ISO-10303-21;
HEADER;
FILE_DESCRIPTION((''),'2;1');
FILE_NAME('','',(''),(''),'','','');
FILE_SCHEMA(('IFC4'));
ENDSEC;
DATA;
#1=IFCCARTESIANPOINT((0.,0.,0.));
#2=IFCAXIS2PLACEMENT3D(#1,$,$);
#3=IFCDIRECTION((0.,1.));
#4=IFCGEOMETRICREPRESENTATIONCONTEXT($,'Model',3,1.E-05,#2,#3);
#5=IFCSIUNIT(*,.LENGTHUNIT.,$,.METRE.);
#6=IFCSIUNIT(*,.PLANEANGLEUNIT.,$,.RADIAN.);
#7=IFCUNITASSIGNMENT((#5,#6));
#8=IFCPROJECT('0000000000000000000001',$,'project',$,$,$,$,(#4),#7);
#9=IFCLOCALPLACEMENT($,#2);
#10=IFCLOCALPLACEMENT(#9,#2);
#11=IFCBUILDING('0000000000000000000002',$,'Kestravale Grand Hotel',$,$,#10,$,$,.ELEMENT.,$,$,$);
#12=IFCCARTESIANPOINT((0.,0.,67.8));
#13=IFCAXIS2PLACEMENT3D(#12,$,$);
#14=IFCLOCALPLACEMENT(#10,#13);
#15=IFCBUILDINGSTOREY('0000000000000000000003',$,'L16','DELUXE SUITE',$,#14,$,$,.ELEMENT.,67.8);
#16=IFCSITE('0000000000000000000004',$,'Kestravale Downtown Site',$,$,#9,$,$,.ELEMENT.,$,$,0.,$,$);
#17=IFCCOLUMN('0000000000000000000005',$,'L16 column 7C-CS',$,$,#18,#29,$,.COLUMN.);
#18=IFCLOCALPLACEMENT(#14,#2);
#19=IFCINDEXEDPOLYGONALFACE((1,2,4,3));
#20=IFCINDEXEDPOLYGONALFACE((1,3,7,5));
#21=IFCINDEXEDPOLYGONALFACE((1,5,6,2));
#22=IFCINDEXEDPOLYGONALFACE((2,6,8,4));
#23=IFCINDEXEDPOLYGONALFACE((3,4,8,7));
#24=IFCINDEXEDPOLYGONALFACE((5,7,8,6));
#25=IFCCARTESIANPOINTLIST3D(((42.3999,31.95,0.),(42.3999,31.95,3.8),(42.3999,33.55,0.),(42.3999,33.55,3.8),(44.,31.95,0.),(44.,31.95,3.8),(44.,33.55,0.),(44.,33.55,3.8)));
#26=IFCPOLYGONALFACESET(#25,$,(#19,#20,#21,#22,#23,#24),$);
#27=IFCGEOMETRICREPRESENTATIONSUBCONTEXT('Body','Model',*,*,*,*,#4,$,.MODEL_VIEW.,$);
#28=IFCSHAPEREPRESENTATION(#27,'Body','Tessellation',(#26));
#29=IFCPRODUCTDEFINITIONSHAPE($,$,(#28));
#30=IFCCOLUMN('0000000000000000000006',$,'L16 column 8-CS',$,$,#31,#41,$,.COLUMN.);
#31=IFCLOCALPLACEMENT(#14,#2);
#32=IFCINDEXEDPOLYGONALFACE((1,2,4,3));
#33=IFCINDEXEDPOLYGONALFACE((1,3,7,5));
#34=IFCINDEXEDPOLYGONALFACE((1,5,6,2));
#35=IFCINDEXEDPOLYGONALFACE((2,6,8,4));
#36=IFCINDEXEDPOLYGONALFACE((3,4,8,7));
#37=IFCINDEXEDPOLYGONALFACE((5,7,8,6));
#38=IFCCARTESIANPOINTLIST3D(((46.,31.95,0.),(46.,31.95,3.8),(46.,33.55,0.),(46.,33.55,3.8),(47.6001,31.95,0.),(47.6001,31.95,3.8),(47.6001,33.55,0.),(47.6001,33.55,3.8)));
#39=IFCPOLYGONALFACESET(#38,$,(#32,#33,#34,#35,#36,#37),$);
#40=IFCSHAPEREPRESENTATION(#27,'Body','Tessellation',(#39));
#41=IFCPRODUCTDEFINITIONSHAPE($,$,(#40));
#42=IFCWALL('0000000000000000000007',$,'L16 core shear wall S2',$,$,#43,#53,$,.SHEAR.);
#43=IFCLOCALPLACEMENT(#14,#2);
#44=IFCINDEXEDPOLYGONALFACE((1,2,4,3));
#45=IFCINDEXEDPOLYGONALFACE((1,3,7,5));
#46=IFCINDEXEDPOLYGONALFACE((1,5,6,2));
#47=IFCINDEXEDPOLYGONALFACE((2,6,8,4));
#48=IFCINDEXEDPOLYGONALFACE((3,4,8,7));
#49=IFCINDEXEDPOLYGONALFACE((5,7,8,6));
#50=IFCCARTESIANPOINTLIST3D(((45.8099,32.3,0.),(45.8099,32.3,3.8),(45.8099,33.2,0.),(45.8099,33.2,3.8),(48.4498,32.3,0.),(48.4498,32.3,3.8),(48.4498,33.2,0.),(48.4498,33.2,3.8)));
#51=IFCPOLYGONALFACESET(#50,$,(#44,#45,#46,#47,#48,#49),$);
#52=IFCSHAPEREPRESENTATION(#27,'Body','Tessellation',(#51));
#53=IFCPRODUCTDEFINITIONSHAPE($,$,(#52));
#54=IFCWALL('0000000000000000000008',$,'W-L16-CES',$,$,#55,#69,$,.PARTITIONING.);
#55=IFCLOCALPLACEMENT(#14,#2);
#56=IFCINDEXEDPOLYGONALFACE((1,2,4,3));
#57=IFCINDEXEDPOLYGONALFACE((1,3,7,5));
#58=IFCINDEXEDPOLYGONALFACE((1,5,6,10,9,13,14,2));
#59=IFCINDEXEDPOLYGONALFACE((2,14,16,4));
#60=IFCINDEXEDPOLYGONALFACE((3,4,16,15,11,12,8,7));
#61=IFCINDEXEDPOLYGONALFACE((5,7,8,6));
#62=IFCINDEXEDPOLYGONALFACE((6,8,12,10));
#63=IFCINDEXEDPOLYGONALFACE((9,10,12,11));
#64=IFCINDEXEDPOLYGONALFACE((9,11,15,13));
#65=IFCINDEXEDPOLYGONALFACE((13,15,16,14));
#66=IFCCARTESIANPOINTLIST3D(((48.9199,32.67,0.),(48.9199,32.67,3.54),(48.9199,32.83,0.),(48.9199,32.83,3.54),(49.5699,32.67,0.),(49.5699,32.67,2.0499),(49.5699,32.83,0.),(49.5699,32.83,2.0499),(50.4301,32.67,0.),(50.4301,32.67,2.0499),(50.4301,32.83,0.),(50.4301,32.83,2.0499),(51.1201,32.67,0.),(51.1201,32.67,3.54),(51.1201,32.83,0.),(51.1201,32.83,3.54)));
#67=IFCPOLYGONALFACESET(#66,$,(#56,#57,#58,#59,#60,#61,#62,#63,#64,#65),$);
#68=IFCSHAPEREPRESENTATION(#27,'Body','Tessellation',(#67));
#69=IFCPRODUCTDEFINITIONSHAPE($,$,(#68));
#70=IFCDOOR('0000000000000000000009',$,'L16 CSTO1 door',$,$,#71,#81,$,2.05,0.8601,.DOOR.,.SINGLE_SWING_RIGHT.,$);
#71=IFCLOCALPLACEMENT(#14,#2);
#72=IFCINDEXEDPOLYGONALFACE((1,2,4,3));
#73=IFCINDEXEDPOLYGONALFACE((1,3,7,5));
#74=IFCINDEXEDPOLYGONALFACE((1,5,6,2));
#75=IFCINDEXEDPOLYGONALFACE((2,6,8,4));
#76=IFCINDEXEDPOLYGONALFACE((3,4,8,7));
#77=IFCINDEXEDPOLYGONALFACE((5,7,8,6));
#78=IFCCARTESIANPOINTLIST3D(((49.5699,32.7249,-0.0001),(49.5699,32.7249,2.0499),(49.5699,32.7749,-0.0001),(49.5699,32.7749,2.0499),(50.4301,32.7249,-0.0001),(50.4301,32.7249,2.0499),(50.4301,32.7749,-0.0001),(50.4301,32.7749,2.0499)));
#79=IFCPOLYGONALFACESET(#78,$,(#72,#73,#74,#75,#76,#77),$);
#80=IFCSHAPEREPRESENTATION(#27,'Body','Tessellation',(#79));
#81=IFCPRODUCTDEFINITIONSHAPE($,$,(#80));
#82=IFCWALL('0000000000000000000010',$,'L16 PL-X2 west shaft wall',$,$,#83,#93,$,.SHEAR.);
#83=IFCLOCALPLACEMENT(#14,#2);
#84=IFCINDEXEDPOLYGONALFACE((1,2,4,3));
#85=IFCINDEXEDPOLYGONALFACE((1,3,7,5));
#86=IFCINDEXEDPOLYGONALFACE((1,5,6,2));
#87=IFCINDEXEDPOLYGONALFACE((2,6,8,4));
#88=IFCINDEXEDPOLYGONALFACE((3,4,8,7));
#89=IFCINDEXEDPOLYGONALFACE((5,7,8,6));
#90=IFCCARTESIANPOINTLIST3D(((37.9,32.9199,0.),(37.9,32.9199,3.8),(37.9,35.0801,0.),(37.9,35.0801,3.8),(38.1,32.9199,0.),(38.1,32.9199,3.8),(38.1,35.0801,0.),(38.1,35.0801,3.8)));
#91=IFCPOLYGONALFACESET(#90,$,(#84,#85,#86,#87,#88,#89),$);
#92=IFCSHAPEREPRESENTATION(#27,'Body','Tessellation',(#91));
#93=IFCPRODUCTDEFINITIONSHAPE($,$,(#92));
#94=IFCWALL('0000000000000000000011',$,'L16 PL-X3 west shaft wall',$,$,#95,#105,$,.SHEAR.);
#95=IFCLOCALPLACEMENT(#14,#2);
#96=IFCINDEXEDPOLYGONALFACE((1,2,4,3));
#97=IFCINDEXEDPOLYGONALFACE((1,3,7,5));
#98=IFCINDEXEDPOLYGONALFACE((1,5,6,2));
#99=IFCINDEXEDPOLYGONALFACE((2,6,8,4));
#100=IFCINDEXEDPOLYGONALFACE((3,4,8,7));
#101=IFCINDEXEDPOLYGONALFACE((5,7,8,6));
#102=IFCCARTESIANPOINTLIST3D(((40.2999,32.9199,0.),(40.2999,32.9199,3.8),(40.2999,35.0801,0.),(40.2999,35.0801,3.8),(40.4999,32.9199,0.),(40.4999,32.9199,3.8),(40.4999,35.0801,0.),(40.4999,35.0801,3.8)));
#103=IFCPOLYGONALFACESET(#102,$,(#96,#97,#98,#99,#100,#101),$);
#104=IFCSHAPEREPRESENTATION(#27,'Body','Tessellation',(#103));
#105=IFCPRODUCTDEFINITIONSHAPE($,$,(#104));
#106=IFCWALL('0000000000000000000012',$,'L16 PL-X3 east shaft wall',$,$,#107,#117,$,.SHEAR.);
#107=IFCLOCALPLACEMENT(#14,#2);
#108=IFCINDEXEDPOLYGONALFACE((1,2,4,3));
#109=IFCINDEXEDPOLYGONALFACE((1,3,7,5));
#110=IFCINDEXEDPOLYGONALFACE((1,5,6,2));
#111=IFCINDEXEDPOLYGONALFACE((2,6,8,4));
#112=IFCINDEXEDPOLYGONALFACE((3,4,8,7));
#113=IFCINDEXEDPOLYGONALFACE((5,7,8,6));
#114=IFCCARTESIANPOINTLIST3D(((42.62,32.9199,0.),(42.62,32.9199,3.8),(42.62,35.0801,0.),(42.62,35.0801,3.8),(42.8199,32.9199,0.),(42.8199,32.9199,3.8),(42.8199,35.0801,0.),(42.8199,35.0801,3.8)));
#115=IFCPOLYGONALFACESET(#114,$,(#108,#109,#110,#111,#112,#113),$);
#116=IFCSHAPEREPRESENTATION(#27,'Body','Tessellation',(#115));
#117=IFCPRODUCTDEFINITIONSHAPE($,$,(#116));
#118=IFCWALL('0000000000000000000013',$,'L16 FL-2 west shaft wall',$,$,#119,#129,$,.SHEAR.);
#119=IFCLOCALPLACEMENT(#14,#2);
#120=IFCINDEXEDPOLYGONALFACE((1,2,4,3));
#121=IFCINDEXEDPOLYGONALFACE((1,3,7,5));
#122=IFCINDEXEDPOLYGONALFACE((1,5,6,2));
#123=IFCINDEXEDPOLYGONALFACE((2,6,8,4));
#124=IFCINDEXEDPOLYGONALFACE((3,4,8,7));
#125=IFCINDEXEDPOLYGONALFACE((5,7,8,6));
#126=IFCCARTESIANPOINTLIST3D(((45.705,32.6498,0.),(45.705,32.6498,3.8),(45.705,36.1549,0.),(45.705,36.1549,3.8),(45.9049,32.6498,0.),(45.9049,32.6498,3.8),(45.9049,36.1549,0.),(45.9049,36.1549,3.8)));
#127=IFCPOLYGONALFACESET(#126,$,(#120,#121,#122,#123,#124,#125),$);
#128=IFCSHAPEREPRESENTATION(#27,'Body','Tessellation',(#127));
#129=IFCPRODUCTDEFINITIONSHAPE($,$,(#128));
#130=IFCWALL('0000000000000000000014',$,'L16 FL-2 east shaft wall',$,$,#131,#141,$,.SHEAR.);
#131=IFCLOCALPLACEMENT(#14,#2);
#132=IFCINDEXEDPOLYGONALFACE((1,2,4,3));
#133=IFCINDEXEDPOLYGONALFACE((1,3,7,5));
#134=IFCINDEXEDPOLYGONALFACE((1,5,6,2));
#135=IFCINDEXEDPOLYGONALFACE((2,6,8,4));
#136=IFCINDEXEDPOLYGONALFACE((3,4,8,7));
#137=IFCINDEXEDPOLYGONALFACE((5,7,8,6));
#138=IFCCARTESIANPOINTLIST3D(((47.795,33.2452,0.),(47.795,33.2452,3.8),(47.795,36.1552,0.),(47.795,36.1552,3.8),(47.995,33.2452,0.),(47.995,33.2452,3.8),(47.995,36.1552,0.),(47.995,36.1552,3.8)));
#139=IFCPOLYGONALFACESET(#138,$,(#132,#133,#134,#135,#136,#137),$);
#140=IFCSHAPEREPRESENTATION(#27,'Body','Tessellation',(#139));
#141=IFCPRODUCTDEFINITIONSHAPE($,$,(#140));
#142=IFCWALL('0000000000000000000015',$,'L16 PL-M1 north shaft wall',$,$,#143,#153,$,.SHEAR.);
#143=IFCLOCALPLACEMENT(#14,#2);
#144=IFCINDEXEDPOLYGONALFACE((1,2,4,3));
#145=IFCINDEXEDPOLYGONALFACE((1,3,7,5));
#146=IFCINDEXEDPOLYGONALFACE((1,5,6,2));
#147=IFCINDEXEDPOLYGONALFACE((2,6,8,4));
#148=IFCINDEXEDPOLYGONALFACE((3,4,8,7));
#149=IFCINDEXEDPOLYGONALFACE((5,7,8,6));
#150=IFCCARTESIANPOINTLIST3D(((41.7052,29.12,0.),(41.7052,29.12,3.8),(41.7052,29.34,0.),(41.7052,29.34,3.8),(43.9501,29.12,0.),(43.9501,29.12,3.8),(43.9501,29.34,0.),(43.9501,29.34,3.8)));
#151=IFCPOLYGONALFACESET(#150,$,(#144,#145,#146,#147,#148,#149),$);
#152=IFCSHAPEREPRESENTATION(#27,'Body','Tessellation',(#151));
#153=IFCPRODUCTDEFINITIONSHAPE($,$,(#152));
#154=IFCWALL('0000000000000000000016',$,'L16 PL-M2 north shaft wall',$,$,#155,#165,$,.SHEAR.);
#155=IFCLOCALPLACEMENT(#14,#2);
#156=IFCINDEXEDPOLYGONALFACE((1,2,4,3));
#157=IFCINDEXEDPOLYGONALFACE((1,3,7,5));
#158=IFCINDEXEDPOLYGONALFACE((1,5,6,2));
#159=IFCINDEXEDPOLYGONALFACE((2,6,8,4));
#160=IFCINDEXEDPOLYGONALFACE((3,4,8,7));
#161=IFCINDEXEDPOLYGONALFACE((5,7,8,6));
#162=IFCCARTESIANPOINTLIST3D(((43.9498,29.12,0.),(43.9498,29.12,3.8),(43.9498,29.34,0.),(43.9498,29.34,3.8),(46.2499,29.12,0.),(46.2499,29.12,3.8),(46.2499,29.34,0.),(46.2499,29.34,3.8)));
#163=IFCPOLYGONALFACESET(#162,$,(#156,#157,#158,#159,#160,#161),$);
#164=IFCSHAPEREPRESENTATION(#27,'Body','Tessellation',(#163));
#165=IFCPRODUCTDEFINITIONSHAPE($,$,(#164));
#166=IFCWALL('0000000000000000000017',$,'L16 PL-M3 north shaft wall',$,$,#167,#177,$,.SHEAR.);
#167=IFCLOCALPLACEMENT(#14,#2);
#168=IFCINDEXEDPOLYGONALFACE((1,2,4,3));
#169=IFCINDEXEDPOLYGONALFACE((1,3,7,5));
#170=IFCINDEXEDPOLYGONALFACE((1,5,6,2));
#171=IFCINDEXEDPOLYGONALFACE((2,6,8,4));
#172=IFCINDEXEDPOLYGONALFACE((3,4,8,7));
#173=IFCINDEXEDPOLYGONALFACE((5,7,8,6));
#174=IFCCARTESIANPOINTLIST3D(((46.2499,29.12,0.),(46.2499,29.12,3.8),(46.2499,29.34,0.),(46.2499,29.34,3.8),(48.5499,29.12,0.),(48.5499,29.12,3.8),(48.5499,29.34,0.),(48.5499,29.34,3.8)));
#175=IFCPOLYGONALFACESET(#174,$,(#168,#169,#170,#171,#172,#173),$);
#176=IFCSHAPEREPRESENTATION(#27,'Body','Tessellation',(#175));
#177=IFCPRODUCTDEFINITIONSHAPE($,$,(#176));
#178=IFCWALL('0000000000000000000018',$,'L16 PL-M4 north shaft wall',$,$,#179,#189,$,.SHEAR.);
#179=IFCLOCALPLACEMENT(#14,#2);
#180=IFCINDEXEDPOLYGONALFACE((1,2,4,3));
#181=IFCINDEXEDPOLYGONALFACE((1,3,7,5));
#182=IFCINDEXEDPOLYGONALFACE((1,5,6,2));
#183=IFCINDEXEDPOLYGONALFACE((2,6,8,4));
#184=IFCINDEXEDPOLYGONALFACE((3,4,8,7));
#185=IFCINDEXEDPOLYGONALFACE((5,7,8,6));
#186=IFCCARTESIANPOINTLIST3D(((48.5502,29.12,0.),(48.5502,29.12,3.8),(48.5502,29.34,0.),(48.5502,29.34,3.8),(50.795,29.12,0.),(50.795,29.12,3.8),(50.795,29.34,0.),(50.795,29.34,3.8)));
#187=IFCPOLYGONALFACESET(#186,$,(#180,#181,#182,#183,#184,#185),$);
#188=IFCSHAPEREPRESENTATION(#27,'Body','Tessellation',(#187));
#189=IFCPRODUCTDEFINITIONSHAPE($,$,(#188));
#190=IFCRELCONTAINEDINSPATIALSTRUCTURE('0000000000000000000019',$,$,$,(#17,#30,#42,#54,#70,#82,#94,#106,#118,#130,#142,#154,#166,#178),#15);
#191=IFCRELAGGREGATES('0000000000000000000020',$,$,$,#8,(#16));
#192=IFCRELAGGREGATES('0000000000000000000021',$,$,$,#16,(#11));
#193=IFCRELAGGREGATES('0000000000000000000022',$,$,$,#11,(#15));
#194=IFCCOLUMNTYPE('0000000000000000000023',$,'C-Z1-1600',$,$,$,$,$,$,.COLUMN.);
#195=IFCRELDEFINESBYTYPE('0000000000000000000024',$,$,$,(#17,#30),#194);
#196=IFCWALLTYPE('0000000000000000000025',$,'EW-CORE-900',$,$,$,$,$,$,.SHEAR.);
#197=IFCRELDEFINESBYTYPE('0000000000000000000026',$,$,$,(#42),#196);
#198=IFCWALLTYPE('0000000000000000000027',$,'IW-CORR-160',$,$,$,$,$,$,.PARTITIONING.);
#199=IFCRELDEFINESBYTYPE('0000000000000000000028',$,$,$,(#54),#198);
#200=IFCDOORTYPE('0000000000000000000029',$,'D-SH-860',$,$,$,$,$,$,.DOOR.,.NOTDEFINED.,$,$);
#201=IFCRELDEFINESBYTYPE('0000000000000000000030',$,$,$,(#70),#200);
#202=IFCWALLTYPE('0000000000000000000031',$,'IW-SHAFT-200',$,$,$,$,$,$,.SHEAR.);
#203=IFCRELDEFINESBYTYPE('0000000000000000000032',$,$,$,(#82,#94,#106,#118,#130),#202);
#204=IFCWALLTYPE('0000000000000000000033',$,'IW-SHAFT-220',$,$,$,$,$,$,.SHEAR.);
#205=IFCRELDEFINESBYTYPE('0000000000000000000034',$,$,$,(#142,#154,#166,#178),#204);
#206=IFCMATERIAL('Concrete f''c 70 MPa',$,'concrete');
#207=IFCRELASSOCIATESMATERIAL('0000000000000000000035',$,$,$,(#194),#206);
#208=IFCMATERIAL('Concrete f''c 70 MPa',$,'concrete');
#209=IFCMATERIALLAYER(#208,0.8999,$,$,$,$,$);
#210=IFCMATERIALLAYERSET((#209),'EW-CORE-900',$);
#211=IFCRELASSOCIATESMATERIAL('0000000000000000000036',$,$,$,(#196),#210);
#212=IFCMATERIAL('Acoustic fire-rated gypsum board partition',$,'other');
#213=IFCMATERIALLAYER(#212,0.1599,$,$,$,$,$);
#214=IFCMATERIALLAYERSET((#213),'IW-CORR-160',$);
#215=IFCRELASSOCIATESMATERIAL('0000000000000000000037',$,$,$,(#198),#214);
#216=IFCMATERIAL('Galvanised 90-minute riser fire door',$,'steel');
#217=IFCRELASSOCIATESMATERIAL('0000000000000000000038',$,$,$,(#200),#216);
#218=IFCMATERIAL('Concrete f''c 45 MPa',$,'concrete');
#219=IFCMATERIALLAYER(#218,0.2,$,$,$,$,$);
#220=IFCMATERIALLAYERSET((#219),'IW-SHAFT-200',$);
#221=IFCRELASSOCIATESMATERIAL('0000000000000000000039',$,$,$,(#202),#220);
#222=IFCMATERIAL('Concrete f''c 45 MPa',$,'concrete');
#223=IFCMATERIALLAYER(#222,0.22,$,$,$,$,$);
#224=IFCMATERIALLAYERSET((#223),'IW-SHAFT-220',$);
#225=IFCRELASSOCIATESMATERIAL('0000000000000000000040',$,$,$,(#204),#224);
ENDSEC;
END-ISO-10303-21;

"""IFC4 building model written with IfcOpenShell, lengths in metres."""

from ifc_helpers import new_model, si_unit, direction, frame, frame_2d, origin, origin_2d, place, context, subcontext, project, spatial, rectangle, extrude, material, layer, layer_set, material_profile, profile_set, type_object, element, fill, save


model = new_model("IFC4")

# Units and contexts
model_context = context("Model", 3, precision=1e-05, world=origin(), true_north=direction((0.0, 1.0)))
body_context = subcontext(model_context, "Body", "Model", "MODEL_VIEW")
ifc_project = project(units=[si_unit("LENGTHUNIT", "METRE"), si_unit("PLANEANGLEUNIT", "RADIAN")], contexts=[model_context])

# Site, building, storey
site_placement = place(None, origin())
site = spatial("IfcSite", under=ifc_project, at=site_placement, Name="Kestravale Downtown Site", CompositionType="ELEMENT", RefElevation=0.0)
building_placement = place(site_placement, origin())
building = spatial("IfcBuilding", under=site, at=building_placement, Name="Kestravale Grand Hotel", CompositionType="ELEMENT")
storey_placement = place(building_placement, frame((0.0, 0.0, 67.8)))
storey = spatial("IfcBuildingStorey", under=building, at=storey_placement, Name="L16", Description="DELUXE SUITE", CompositionType="ELEMENT", Elevation=67.8)

# Columns
ifc_material_1 = material(Name="Concrete f'c 70 MPa", Category="concrete")
ifc_material_profile = material_profile(ifc_material_1, rectangle(XDim=1.6001, YDim=1.6001, at=origin_2d()))
ifc_profile_set = profile_set([ifc_material_profile], Name="Concrete f'c 70 MPa")
column_type = type_object("IfcColumnType", Name="C-Z1-1600", PredefinedType="COLUMN", material=ifc_profile_set)
for number, where, z_axis, x_axis, name in (
    (1, (43.2, 32.75, 0.0), (0.0, 0.0, 1.0), (1.0, 0.0, 0.0), "L16 column 7C-CS"),
    (2, (46.8, 32.75, 0.0), (0.0, 0.0, 1.0), (1.0, 0.0, 0.0), "L16 column 8-CS"),
):
    element("IfcColumn", number, at=place(storey_placement, frame(where, z_axis=z_axis, x_axis=x_axis)), inside=storey, type_object=column_type, Name=name, PredefinedType="COLUMN", context=body_context, shape_type="SweptSolid", body=[
        extrude(rectangle(XDim=1.6001, YDim=1.6001, at=origin_2d()), origin(), (0.0, 0.0, 1.0), 3.8),
    ])

# Wall
ifc_material_2 = material(Name="Concrete f'c 70 MPa", Category="concrete")
ifc_layer_1 = layer(ifc_material_2, 0.8999)
ifc_layer_set_1 = layer_set([ifc_layer_1], Name="EW-CORE-900")
wall_type_1 = type_object("IfcWallType", Name="EW-CORE-900", PredefinedType="SHEAR", material=ifc_layer_set_1)
wall_1_placement = place(storey_placement, frame((45.8101, 32.75, 0.0), z_axis=(0.0, 0.0, 1.0), x_axis=(1.0, 0.0, 0.0)))
element("IfcWall", 3, at=wall_1_placement, inside=storey, type_object=wall_type_1, Name="L16 core shear wall S2", PredefinedType="SHEAR", context=body_context, shape_type="SweptSolid", body=[
    extrude(rectangle(XDim=2.6399, YDim=0.8999, at=frame_2d((1.3198, 0.0))), origin(), (0.0, 0.0, 1.0), 3.8),
])

# Wall, opening, door
ifc_material_3 = material(Name="Acoustic fire-rated gypsum board partition", Category="other")
ifc_layer_2 = layer(ifc_material_3, 0.1599)
ifc_layer_set_2 = layer_set([ifc_layer_2], Name="IW-CORR-160")
wall_type_2 = type_object("IfcWallType", Name="IW-CORR-160", PredefinedType="PARTITIONING", material=ifc_layer_set_2)
wall_2_placement = place(storey_placement, frame((48.9199, 32.75, 0.0), z_axis=(0.0, 0.0, 1.0), x_axis=(1.0, 0.0, 0.0)))
wall_2 = element("IfcWall", 4, at=wall_2_placement, inside=storey, type_object=wall_type_2, Name="W-L16-CES", PredefinedType="PARTITIONING", context=body_context, shape_type="SweptSolid", body=[
    extrude(rectangle(XDim=2.2002, YDim=0.1599, at=frame_2d((1.1001, 0.0))), origin(), (0.0, 0.0, 1.0), 3.54),
])
opening_1_placement = place(wall_2_placement, frame((0.6499, 0.0, 0.0)))
opening_1 = element("IfcOpeningElement", 5, at=opening_1_placement, cuts=wall_2, PredefinedType="OPENING", context=body_context, shape_type="SweptSolid", body=[
    extrude(rectangle(XDim=0.8601, YDim=2.05, at=frame_2d((0.4302, 1.0249))), frame((0.0, 0.0898, 0.0), z_axis=(0.0, -1.0, 0.0), x_axis=(1.0, 0.0, 0.0)), (0.0, 0.0, 1.0), 0.1799),
])
ifc_material_4 = material(Name="Galvanised 90-minute riser fire door", Category="steel")
door_type_1 = type_object("IfcDoorType", Name="D-SH-860", OperationType="NOTDEFINED", PredefinedType="DOOR", material=ifc_material_4)
door_1_placement = place(opening_1_placement, origin())
door_1 = element("IfcDoor", 6, at=door_1_placement, inside=storey, type_object=door_type_1, Name="L16 CSTO1 door", OperationType="SINGLE_SWING_RIGHT", OverallHeight=2.05, OverallWidth=0.8601, PredefinedType="DOOR", context=body_context, shape_type="SweptSolid", body=[
    extrude(rectangle(XDim=0.8601, YDim=2.05, at=frame_2d((0.4302, 1.0249))), frame((0.0, 0.0249, 0.0), z_axis=(0.0, -1.0, 0.0), x_axis=(1.0, 0.0, 0.0)), (0.0, 0.0, 1.0), 0.05),
])
fill(opening_1, door_1)

# Walls
ifc_material_5 = material(Name="Concrete f'c 45 MPa", Category="concrete")
ifc_layer_3 = layer(ifc_material_5, 0.2)
ifc_layer_set_3 = layer_set([ifc_layer_3], Name="IW-SHAFT-200")
wall_type_3 = type_object("IfcWallType", Name="IW-SHAFT-200", PredefinedType="SHEAR", material=ifc_layer_set_3)
for number, where, z_axis, x_axis, name in (
    (7, (38.0, 32.9199, 0.0), (0.0, 0.0, 1.0), (0.0, 1.0, 0.0), "L16 PL-X2 west shaft wall"),
    (8, (40.3999, 32.9199, 0.0), (0.0, 0.0, 1.0), (0.0, 1.0, 0.0), "L16 PL-X3 west shaft wall"),
    (9, (42.72, 32.9199, 0.0), (0.0, 0.0, 1.0), (0.0, 1.0, 0.0), "L16 PL-X3 east shaft wall"),
):
    element("IfcWall", number, at=place(storey_placement, frame(where, z_axis=z_axis, x_axis=x_axis)), inside=storey, type_object=wall_type_3, Name=name, PredefinedType="SHEAR", context=body_context, shape_type="SweptSolid", body=[
        extrude(rectangle(XDim=2.1602, YDim=0.2, at=frame_2d((1.0801, 0.0))), origin(), (0.0, 0.0, 1.0), 3.8),
    ])
wall_3_placement = place(storey_placement, frame((45.8049, 32.6499, 0.0), z_axis=(0.0, 0.0, 1.0), x_axis=(0.0, 1.0, 0.0)))
element("IfcWall", 10, at=wall_3_placement, inside=storey, type_object=wall_type_3, Name="L16 FL-2 west shaft wall", PredefinedType="SHEAR", context=body_context, shape_type="SweptSolid", body=[
    extrude(rectangle(XDim=3.5051, YDim=0.2, at=frame_2d((1.7524, 0.0))), origin(), (0.0, 0.0, 1.0), 3.8),
])
wall_4_placement = place(storey_placement, frame((47.895, 33.2451, 0.0), z_axis=(0.0, 0.0, 1.0), x_axis=(0.0, 1.0, 0.0)))
element("IfcWall", 11, at=wall_4_placement, inside=storey, type_object=wall_type_3, Name="L16 FL-2 east shaft wall", PredefinedType="SHEAR", context=body_context, shape_type="SweptSolid", body=[
    extrude(rectangle(XDim=2.9099, YDim=0.2, at=frame_2d((1.4551, 0.0))), origin(), (0.0, 0.0, 1.0), 3.8),
])
ifc_material_6 = material(Name="Concrete f'c 45 MPa", Category="concrete")
ifc_layer_4 = layer(ifc_material_6, 0.22)
ifc_layer_set_4 = layer_set([ifc_layer_4], Name="IW-SHAFT-220")
wall_type_4 = type_object("IfcWallType", Name="IW-SHAFT-220", PredefinedType="SHEAR", material=ifc_layer_set_4)
wall_5_placement = place(storey_placement, frame((41.7051, 29.23, 0.0), z_axis=(0.0, 0.0, 1.0), x_axis=(1.0, 0.0, 0.0)))
element("IfcWall", 12, at=wall_5_placement, inside=storey, type_object=wall_type_4, Name="L16 PL-M1 north shaft wall", PredefinedType="SHEAR", context=body_context, shape_type="SweptSolid", body=[
    extrude(rectangle(XDim=2.2449, YDim=0.22, at=frame_2d((1.1226, 0.0))), origin(), (0.0, 0.0, 1.0), 3.8),
])
for number, where, z_axis, x_axis, name in (
    (13, (43.95, 29.23, 0.0), (0.0, 0.0, 1.0), (1.0, 0.0, 0.0), "L16 PL-M2 north shaft wall"),
    (14, (46.25, 29.23, 0.0), (0.0, 0.0, 1.0), (1.0, 0.0, 0.0), "L16 PL-M3 north shaft wall"),
):
    element("IfcWall", number, at=place(storey_placement, frame(where, z_axis=z_axis, x_axis=x_axis)), inside=storey, type_object=wall_type_4, Name=name, PredefinedType="SHEAR", context=body_context, shape_type="SweptSolid", body=[
        extrude(rectangle(XDim=2.3, YDim=0.22, at=frame_2d((1.1499, 0.0))), origin(), (0.0, 0.0, 1.0), 3.8),
    ])
wall_6_placement = place(storey_placement, frame((48.55, 29.23, 0.0), z_axis=(0.0, 0.0, 1.0), x_axis=(1.0, 0.0, 0.0)))
element("IfcWall", 15, at=wall_6_placement, inside=storey, type_object=wall_type_4, Name="L16 PL-M4 north shaft wall", PredefinedType="SHEAR", context=body_context, shape_type="SweptSolid", body=[
    extrude(rectangle(XDim=2.2449, YDim=0.22, at=frame_2d((1.1226, 0.0))), origin(), (0.0, 0.0, 1.0), 3.8),
])

save(model, "model.ifc")
